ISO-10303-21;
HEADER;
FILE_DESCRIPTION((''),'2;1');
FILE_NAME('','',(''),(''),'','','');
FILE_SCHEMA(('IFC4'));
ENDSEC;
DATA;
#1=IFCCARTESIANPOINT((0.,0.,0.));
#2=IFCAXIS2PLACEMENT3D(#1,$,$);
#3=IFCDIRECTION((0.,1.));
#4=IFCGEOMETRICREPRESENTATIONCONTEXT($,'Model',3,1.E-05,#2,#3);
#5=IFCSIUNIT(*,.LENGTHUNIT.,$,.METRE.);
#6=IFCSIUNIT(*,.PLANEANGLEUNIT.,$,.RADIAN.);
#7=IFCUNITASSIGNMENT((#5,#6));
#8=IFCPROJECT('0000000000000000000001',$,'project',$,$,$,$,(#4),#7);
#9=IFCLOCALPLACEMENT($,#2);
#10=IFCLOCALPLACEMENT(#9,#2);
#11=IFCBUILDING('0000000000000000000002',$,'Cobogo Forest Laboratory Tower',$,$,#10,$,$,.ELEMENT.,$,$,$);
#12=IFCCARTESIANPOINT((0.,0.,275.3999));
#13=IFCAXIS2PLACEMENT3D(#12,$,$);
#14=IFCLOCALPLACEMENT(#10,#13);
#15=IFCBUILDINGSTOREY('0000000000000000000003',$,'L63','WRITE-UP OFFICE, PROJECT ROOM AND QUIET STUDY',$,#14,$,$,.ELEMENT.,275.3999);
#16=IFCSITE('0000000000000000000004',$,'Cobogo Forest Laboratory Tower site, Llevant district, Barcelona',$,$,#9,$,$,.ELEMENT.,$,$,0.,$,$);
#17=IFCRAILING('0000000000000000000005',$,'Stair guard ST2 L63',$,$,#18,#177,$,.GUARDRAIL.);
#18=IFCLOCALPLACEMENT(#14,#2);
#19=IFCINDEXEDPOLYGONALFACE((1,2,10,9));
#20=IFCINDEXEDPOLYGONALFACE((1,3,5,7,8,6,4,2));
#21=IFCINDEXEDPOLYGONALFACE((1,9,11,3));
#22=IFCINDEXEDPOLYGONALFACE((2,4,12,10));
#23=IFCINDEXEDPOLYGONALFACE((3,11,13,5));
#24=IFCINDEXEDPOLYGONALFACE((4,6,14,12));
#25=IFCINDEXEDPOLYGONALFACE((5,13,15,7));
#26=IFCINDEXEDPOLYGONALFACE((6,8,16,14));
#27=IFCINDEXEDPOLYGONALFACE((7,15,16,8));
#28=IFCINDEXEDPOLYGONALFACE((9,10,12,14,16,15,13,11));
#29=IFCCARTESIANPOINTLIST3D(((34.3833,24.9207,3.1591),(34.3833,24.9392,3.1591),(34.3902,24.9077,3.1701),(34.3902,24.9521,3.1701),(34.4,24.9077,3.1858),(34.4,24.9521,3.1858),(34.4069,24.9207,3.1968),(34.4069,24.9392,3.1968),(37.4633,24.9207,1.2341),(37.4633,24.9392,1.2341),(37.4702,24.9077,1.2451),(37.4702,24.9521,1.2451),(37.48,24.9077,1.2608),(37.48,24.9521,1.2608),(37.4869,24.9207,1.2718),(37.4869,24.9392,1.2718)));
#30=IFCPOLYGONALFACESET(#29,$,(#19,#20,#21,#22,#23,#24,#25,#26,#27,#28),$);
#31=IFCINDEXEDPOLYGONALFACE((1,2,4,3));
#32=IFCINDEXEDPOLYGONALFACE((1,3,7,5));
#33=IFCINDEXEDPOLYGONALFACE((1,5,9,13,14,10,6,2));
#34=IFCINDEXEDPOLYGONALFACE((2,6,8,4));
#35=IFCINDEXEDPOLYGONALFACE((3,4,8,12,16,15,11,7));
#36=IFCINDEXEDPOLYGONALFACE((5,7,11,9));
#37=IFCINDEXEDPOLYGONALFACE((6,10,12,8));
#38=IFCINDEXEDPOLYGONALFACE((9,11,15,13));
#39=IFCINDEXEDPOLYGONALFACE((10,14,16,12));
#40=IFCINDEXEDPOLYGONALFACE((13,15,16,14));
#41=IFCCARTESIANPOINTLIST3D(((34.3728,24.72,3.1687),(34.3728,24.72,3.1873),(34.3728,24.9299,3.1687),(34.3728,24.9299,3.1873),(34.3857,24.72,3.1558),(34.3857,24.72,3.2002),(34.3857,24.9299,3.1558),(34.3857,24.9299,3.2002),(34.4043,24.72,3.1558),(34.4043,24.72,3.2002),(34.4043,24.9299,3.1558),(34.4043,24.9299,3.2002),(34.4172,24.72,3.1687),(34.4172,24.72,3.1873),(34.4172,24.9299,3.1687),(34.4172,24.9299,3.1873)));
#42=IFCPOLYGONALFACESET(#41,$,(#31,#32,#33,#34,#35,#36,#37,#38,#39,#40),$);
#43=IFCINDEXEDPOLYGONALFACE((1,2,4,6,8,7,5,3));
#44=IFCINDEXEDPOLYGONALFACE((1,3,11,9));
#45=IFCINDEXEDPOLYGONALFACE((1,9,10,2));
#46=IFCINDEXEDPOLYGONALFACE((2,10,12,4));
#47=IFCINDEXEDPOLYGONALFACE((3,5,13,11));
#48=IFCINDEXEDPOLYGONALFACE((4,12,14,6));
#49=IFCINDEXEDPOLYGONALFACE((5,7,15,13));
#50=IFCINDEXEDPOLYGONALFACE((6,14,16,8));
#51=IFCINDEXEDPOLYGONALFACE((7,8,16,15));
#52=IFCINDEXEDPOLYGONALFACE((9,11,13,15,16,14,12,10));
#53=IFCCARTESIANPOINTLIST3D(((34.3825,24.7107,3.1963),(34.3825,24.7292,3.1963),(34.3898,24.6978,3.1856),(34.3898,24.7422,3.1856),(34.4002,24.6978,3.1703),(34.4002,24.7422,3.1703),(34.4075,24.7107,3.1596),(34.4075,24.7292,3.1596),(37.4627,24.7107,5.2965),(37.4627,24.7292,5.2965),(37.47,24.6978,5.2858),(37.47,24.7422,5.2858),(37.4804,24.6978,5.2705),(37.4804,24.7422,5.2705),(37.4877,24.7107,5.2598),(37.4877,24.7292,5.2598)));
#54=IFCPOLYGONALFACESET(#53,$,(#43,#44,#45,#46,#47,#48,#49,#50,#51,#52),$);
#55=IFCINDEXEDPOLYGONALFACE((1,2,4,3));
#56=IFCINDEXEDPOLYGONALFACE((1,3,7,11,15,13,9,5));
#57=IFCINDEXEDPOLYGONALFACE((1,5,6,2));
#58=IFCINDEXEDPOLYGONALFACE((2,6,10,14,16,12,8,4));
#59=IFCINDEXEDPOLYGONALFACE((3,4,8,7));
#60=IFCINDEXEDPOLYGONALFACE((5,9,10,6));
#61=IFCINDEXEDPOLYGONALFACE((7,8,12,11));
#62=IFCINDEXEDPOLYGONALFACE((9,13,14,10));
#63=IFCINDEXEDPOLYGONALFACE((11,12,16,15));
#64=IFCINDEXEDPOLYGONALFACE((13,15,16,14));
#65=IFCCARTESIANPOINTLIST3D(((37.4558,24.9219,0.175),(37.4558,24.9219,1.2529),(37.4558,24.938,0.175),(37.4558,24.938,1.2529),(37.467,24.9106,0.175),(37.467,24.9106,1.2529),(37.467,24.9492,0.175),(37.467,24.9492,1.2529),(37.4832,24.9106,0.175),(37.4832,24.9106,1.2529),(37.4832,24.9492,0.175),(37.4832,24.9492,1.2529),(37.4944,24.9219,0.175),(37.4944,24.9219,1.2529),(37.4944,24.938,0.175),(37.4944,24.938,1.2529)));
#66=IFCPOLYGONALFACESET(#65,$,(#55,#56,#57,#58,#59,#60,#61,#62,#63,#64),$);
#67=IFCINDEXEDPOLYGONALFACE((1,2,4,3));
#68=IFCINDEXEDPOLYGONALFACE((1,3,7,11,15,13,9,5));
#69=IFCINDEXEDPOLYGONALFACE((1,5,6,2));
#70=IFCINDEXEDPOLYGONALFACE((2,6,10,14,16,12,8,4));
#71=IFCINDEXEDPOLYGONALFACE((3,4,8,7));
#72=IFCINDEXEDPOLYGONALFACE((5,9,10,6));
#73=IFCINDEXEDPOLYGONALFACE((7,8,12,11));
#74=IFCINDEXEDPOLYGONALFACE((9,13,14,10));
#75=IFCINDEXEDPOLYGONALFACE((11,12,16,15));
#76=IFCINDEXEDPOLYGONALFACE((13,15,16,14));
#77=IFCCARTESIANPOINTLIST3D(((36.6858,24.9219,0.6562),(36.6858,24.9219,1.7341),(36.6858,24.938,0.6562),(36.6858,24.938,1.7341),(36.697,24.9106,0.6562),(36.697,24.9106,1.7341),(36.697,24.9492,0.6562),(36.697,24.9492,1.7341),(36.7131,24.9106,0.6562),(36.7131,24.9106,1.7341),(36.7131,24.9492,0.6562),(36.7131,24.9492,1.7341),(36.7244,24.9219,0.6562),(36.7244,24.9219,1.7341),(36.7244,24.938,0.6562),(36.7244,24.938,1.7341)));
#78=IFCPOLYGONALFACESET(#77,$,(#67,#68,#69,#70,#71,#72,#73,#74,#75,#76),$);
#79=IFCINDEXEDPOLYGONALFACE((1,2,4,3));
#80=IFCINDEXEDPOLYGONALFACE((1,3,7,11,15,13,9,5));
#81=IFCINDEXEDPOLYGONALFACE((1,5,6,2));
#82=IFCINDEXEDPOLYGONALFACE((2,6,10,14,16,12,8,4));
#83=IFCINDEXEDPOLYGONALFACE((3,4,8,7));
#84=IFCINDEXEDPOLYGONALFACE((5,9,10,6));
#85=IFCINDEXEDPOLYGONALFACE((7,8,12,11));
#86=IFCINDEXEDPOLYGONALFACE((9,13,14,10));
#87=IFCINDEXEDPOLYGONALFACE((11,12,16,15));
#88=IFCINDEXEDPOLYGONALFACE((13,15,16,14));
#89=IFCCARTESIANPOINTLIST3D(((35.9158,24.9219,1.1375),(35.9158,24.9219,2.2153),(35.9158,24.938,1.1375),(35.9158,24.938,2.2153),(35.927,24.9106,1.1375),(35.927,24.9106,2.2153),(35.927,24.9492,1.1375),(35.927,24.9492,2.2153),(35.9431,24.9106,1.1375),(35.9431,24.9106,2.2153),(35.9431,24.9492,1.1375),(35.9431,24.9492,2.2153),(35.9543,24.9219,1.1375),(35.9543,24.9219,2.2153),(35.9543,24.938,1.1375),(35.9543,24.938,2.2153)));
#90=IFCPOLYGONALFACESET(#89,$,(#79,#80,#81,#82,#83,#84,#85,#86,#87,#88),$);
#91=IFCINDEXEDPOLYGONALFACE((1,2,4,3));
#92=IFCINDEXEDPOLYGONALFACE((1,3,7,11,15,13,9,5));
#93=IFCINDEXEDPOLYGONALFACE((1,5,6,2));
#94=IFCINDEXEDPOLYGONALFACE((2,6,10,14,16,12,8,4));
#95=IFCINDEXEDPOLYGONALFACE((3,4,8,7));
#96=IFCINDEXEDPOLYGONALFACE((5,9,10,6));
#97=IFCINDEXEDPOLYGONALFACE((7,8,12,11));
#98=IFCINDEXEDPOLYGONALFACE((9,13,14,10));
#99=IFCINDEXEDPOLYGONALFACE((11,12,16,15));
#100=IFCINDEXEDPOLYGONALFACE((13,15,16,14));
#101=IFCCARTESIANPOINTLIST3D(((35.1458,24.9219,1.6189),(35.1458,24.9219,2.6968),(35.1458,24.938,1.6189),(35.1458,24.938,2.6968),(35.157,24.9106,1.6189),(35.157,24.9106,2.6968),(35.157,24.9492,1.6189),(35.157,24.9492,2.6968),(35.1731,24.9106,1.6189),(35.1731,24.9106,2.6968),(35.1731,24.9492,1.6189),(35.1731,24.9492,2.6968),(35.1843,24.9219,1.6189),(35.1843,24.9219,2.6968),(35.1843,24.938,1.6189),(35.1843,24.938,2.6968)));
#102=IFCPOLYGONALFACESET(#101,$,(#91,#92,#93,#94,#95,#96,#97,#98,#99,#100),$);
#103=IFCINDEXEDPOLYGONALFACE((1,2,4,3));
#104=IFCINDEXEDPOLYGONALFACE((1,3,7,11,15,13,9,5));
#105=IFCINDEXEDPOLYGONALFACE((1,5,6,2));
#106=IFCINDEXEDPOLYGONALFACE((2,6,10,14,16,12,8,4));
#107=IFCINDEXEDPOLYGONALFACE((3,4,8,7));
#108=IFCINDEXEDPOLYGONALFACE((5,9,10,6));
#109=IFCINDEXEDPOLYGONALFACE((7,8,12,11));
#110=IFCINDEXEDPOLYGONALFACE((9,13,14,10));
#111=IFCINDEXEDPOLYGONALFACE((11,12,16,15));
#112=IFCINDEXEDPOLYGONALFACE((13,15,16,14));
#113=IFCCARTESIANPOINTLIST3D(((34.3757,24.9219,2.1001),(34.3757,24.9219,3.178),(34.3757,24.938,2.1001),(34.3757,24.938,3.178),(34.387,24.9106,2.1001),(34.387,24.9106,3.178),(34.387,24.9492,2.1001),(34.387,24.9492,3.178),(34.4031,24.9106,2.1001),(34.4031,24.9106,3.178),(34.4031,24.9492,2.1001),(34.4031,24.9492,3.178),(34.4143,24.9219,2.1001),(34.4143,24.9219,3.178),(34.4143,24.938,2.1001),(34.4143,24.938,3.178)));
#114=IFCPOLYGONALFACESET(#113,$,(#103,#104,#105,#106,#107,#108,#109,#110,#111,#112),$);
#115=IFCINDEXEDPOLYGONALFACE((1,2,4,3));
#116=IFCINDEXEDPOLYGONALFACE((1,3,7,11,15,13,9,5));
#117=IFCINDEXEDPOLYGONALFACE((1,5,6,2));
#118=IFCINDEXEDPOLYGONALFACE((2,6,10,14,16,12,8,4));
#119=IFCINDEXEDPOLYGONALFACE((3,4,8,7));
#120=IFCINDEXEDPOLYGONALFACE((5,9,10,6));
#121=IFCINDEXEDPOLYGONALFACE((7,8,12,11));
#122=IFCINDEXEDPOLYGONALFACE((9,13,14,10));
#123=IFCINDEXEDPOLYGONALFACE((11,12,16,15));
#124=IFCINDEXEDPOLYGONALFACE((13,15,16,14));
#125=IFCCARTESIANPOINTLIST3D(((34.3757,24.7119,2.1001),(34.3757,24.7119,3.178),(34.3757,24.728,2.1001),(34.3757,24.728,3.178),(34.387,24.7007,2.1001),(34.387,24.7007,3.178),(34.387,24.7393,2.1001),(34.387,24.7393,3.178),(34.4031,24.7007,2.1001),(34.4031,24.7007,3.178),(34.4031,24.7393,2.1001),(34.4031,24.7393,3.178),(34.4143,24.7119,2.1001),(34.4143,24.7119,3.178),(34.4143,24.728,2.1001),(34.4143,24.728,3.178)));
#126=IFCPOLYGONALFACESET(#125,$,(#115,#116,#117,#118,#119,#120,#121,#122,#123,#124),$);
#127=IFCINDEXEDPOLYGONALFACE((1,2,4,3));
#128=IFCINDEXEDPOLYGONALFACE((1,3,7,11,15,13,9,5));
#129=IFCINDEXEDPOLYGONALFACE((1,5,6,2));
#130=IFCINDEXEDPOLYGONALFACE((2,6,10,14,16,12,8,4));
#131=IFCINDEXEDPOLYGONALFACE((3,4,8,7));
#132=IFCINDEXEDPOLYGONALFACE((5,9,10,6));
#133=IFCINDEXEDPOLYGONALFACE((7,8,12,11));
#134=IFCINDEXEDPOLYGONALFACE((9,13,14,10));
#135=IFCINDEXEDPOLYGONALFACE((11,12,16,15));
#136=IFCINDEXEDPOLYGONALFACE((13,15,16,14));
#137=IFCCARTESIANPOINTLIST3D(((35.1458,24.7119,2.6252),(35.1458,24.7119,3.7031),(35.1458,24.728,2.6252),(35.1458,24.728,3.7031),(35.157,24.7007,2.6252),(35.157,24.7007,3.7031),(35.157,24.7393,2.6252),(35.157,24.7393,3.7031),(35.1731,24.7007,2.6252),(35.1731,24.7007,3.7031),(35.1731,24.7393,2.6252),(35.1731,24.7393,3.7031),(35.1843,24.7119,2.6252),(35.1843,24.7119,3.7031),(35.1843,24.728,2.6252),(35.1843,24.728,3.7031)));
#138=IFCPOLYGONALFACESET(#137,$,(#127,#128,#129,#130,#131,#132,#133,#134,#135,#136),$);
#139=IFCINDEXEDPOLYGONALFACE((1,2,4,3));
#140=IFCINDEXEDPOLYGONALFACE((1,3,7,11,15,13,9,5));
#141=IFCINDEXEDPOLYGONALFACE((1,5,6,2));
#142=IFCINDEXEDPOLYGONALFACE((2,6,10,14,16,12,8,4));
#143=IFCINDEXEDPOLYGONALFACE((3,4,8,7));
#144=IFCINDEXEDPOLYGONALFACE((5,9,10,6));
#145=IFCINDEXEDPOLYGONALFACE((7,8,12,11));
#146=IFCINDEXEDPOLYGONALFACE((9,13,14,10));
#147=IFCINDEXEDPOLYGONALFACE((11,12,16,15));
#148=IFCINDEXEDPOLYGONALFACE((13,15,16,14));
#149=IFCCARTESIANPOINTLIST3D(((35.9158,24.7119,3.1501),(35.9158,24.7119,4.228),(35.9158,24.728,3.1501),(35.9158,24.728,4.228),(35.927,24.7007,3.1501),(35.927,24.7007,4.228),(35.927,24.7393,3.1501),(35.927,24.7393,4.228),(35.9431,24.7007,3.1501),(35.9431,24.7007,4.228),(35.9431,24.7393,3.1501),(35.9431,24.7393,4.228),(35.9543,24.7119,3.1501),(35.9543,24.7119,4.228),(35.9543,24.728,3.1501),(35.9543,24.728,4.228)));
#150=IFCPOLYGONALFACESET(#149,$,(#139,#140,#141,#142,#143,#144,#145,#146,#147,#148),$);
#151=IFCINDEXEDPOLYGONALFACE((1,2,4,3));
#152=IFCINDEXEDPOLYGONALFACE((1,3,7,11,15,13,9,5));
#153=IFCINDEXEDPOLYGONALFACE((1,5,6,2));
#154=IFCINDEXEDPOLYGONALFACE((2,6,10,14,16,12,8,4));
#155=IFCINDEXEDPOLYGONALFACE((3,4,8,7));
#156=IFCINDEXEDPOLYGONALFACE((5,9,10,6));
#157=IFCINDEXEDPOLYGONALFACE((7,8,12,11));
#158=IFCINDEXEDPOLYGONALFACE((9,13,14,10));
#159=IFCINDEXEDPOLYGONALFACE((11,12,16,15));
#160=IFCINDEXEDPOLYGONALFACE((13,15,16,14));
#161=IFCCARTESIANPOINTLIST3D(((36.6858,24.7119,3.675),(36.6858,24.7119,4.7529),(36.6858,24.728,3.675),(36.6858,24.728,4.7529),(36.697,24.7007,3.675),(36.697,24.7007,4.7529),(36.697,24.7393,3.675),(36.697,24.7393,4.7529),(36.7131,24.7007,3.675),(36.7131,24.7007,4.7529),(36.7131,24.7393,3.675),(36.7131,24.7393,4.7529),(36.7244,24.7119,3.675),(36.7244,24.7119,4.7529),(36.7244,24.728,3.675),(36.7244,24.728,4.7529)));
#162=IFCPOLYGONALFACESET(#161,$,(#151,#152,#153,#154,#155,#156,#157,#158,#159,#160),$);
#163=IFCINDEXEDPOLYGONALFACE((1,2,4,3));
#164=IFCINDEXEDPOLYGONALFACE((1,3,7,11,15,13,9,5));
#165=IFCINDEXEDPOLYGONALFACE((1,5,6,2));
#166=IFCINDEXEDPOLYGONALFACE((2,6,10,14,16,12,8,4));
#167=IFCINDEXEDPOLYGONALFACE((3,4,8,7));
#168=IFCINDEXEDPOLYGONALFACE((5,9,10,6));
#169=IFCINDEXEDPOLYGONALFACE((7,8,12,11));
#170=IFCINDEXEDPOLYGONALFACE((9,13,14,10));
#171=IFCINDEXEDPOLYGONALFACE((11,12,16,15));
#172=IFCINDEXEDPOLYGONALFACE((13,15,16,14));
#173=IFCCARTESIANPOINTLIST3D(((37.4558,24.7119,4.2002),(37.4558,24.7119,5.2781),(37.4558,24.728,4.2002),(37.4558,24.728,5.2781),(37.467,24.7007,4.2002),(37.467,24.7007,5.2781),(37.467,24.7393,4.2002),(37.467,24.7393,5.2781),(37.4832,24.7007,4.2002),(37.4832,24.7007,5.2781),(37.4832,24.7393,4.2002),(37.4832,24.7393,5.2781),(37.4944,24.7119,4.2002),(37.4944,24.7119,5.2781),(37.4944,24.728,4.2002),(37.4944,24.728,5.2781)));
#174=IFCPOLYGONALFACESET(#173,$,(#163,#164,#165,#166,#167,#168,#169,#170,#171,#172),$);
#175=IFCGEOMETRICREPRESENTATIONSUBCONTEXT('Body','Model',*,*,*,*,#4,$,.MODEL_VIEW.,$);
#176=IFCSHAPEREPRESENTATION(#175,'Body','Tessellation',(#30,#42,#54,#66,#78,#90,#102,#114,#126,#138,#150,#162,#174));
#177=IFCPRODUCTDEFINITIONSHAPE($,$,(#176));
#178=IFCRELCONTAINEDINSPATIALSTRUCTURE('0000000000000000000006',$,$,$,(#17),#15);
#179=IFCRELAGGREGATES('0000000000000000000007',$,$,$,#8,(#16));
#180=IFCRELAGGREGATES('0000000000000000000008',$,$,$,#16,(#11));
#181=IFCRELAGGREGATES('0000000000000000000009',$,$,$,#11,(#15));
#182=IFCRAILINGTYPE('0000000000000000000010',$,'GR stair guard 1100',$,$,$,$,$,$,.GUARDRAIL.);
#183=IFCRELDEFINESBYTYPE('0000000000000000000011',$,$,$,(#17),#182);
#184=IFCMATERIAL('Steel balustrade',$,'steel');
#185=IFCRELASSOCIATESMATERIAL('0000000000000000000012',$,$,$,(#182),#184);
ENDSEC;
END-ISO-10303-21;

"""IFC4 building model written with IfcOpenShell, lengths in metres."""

from ifc_helpers import new_model, si_unit, direction, frame, origin, place, context, subcontext, project, spatial, polyline, outline, extrude, material, type_object, element, save


model = new_model("IFC4")

# Units and contexts
model_context = context("Model", 3, precision=1e-05, world=origin(), true_north=direction((0.0, 1.0)))
body_context = subcontext(model_context, "Body", "Model", "MODEL_VIEW")
ifc_project = project(units=[si_unit("LENGTHUNIT", "METRE"), si_unit("PLANEANGLEUNIT", "RADIAN")], contexts=[model_context])

# Site, building, storey
site_placement = place(None, origin())
site = spatial("IfcSite", under=ifc_project, at=site_placement, Name="Cobogo Forest Laboratory Tower site, Llevant district, Barcelona", CompositionType="ELEMENT", RefElevation=0.0)
building_placement = place(site_placement, origin())
building = spatial("IfcBuilding", under=site, at=building_placement, Name="Cobogo Forest Laboratory Tower", CompositionType="ELEMENT")
storey_placement = place(building_placement, frame((0.0, 0.0, 275.3999)))
storey = spatial("IfcBuildingStorey", under=building, at=storey_placement, Name="L63", Description="WRITE-UP OFFICE, PROJECT ROOM AND QUIET STUDY", CompositionType="ELEMENT", Elevation=275.3999)

# Railing
ifc_material_1 = material(Name="Steel balustrade", Category="steel")
railing_type_1 = type_object("IfcRailingType", Name="GR stair guard 1100", PredefinedType="GUARDRAIL", material=ifc_material_1)
railing_1_placement = place(storey_placement, frame((37.4751, 24.9299, 0.175)))
element("IfcRailing", 1, at=railing_1_placement, inside=storey, type_object=railing_type_1, Name="Stair guard ST2 L63", PredefinedType="GUARDRAIL", context=body_context, shape_type="SweptSolid", body=[
    extrude(outline(polyline([(0.0222, 0.0093), (0.0093, 0.0222), (-0.0093, 0.0222), (-0.0222, 0.0093), (-0.0222, -0.0093), (-0.0093, -0.0222), (0.0093, -0.0222), (0.0222, -0.0093), (0.0222, 0.0093)])), frame((0.0, 0.0, 1.0779), z_axis=(-0.847998, 0.0, 0.529999), x_axis=(0.0, -1.0, 0.0)), (0.0, 0.0, 1.0), 3.6321),
    extrude(outline(polyline([(0.0222, 0.0093), (0.0093, 0.0222), (-0.0093, 0.0222), (-0.0222, 0.0093), (-0.0222, -0.0093), (-0.0093, -0.0222), (0.0093, -0.0222), (0.0222, -0.0093), (0.0222, 0.0093)])), frame((-3.0801, 0.0, 3.0029), z_axis=(0.0, -1.0, 0.0), x_axis=(1.0, 0.0, 0.0)), (0.0, 0.0, 1.0), 0.21),
    extrude(outline(polyline([(0.0222, 0.0093), (0.0093, 0.0222), (-0.0093, 0.0222), (-0.0222, 0.0093), (-0.0222, -0.0093), (-0.0093, -0.0222), (0.0093, -0.0222), (0.0222, -0.0093), (0.0222, 0.0093)])), frame((-3.0801, -0.21, 3.0029), z_axis=(0.826222, 0.0, 0.563345), x_axis=(0.0, 1.0, 0.0)), (0.0, 0.0, 1.0), 3.728),
    extrude(outline(polyline([(0.0193, 0.0081), (0.0081, 0.0193), (-0.0081, 0.0193), (-0.0193, 0.0081), (-0.0193, -0.0081), (-0.0081, -0.0193), (0.0081, -0.0193), (0.0193, -0.0081), (0.0193, 0.0081)])), origin(), (0.0, 0.0, 1.0), 1.0779),
    extrude(outline(polyline([(0.0193, 0.0081), (0.0081, 0.0193), (-0.0081, 0.0193), (-0.0193, 0.0081), (-0.0193, -0.0081), (-0.0081, -0.0193), (0.0081, -0.0193), (0.0193, -0.0081), (0.0193, 0.0081)])), frame((-0.77, 0.0, 0.4812)), (0.0, 0.0, 1.0), 1.0779),
    extrude(outline(polyline([(0.0193, 0.0081), (0.0081, 0.0193), (-0.0081, 0.0193), (-0.0193, 0.0081), (-0.0193, -0.0081), (-0.0081, -0.0193), (0.0081, -0.0193), (0.0193, -0.0081), (0.0193, 0.0081)])), frame((-1.54, 0.0, 0.9624)), (0.0, 0.0, 1.0), 1.0779),
    extrude(outline(polyline([(0.0193, 0.0081), (0.0081, 0.0193), (-0.0081, 0.0193), (-0.0193, 0.0081), (-0.0193, -0.0081), (-0.0081, -0.0193), (0.0081, -0.0193), (0.0193, -0.0081), (0.0193, 0.0081)])), frame((-2.3101, 0.0, 1.4438)), (0.0, 0.0, 1.0), 1.0779),
    extrude(outline(polyline([(0.0193, 0.0081), (0.0081, 0.0193), (-0.0081, 0.0193), (-0.0193, 0.0081), (-0.0193, -0.0081), (-0.0081, -0.0193), (0.0081, -0.0193), (0.0193, -0.0081), (0.0193, 0.0081)])), frame((-3.0801, 0.0, 1.925)), (0.0, 0.0, 1.0), 1.0779),
    extrude(outline(polyline([(0.0193, 0.0081), (0.0081, 0.0193), (-0.0081, 0.0193), (-0.0193, 0.0081), (-0.0193, -0.0081), (-0.0081, -0.0193), (0.0081, -0.0193), (0.0193, -0.0081), (0.0193, 0.0081)])), frame((-3.0801, -0.21, 1.925)), (0.0, 0.0, 1.0), 1.0779),
    extrude(outline(polyline([(0.0193, 0.0081), (0.0081, 0.0193), (-0.0081, 0.0193), (-0.0193, 0.0081), (-0.0193, -0.0081), (-0.0081, -0.0193), (0.0081, -0.0193), (0.0193, -0.0081), (0.0193, 0.0081)])), frame((-2.3101, -0.21, 2.4502)), (0.0, 0.0, 1.0), 1.0779),
    extrude(outline(polyline([(0.0193, 0.0081), (0.0081, 0.0193), (-0.0081, 0.0193), (-0.0193, 0.0081), (-0.0193, -0.0081), (-0.0081, -0.0193), (0.0081, -0.0193), (0.0193, -0.0081), (0.0193, 0.0081)])), frame((-1.54, -0.21, 2.9751)), (0.0, 0.0, 1.0), 1.0779),
    extrude(outline(polyline([(0.0193, 0.0081), (0.0081, 0.0193), (-0.0081, 0.0193), (-0.0193, 0.0081), (-0.0193, -0.0081), (-0.0081, -0.0193), (0.0081, -0.0193), (0.0193, -0.0081), (0.0193, 0.0081)])), frame((-0.77, -0.21, 3.5)), (0.0, 0.0, 1.0), 1.0779),
    extrude(outline(polyline([(0.0193, 0.0081), (0.0081, 0.0193), (-0.0081, 0.0193), (-0.0193, 0.0081), (-0.0193, -0.0081), (-0.0081, -0.0193), (0.0081, -0.0193), (0.0193, -0.0081), (0.0193, 0.0081)])), frame((0.0, -0.21, 4.0251)), (0.0, 0.0, 1.0), 1.0779),
])

save(model, "model.ifc")
